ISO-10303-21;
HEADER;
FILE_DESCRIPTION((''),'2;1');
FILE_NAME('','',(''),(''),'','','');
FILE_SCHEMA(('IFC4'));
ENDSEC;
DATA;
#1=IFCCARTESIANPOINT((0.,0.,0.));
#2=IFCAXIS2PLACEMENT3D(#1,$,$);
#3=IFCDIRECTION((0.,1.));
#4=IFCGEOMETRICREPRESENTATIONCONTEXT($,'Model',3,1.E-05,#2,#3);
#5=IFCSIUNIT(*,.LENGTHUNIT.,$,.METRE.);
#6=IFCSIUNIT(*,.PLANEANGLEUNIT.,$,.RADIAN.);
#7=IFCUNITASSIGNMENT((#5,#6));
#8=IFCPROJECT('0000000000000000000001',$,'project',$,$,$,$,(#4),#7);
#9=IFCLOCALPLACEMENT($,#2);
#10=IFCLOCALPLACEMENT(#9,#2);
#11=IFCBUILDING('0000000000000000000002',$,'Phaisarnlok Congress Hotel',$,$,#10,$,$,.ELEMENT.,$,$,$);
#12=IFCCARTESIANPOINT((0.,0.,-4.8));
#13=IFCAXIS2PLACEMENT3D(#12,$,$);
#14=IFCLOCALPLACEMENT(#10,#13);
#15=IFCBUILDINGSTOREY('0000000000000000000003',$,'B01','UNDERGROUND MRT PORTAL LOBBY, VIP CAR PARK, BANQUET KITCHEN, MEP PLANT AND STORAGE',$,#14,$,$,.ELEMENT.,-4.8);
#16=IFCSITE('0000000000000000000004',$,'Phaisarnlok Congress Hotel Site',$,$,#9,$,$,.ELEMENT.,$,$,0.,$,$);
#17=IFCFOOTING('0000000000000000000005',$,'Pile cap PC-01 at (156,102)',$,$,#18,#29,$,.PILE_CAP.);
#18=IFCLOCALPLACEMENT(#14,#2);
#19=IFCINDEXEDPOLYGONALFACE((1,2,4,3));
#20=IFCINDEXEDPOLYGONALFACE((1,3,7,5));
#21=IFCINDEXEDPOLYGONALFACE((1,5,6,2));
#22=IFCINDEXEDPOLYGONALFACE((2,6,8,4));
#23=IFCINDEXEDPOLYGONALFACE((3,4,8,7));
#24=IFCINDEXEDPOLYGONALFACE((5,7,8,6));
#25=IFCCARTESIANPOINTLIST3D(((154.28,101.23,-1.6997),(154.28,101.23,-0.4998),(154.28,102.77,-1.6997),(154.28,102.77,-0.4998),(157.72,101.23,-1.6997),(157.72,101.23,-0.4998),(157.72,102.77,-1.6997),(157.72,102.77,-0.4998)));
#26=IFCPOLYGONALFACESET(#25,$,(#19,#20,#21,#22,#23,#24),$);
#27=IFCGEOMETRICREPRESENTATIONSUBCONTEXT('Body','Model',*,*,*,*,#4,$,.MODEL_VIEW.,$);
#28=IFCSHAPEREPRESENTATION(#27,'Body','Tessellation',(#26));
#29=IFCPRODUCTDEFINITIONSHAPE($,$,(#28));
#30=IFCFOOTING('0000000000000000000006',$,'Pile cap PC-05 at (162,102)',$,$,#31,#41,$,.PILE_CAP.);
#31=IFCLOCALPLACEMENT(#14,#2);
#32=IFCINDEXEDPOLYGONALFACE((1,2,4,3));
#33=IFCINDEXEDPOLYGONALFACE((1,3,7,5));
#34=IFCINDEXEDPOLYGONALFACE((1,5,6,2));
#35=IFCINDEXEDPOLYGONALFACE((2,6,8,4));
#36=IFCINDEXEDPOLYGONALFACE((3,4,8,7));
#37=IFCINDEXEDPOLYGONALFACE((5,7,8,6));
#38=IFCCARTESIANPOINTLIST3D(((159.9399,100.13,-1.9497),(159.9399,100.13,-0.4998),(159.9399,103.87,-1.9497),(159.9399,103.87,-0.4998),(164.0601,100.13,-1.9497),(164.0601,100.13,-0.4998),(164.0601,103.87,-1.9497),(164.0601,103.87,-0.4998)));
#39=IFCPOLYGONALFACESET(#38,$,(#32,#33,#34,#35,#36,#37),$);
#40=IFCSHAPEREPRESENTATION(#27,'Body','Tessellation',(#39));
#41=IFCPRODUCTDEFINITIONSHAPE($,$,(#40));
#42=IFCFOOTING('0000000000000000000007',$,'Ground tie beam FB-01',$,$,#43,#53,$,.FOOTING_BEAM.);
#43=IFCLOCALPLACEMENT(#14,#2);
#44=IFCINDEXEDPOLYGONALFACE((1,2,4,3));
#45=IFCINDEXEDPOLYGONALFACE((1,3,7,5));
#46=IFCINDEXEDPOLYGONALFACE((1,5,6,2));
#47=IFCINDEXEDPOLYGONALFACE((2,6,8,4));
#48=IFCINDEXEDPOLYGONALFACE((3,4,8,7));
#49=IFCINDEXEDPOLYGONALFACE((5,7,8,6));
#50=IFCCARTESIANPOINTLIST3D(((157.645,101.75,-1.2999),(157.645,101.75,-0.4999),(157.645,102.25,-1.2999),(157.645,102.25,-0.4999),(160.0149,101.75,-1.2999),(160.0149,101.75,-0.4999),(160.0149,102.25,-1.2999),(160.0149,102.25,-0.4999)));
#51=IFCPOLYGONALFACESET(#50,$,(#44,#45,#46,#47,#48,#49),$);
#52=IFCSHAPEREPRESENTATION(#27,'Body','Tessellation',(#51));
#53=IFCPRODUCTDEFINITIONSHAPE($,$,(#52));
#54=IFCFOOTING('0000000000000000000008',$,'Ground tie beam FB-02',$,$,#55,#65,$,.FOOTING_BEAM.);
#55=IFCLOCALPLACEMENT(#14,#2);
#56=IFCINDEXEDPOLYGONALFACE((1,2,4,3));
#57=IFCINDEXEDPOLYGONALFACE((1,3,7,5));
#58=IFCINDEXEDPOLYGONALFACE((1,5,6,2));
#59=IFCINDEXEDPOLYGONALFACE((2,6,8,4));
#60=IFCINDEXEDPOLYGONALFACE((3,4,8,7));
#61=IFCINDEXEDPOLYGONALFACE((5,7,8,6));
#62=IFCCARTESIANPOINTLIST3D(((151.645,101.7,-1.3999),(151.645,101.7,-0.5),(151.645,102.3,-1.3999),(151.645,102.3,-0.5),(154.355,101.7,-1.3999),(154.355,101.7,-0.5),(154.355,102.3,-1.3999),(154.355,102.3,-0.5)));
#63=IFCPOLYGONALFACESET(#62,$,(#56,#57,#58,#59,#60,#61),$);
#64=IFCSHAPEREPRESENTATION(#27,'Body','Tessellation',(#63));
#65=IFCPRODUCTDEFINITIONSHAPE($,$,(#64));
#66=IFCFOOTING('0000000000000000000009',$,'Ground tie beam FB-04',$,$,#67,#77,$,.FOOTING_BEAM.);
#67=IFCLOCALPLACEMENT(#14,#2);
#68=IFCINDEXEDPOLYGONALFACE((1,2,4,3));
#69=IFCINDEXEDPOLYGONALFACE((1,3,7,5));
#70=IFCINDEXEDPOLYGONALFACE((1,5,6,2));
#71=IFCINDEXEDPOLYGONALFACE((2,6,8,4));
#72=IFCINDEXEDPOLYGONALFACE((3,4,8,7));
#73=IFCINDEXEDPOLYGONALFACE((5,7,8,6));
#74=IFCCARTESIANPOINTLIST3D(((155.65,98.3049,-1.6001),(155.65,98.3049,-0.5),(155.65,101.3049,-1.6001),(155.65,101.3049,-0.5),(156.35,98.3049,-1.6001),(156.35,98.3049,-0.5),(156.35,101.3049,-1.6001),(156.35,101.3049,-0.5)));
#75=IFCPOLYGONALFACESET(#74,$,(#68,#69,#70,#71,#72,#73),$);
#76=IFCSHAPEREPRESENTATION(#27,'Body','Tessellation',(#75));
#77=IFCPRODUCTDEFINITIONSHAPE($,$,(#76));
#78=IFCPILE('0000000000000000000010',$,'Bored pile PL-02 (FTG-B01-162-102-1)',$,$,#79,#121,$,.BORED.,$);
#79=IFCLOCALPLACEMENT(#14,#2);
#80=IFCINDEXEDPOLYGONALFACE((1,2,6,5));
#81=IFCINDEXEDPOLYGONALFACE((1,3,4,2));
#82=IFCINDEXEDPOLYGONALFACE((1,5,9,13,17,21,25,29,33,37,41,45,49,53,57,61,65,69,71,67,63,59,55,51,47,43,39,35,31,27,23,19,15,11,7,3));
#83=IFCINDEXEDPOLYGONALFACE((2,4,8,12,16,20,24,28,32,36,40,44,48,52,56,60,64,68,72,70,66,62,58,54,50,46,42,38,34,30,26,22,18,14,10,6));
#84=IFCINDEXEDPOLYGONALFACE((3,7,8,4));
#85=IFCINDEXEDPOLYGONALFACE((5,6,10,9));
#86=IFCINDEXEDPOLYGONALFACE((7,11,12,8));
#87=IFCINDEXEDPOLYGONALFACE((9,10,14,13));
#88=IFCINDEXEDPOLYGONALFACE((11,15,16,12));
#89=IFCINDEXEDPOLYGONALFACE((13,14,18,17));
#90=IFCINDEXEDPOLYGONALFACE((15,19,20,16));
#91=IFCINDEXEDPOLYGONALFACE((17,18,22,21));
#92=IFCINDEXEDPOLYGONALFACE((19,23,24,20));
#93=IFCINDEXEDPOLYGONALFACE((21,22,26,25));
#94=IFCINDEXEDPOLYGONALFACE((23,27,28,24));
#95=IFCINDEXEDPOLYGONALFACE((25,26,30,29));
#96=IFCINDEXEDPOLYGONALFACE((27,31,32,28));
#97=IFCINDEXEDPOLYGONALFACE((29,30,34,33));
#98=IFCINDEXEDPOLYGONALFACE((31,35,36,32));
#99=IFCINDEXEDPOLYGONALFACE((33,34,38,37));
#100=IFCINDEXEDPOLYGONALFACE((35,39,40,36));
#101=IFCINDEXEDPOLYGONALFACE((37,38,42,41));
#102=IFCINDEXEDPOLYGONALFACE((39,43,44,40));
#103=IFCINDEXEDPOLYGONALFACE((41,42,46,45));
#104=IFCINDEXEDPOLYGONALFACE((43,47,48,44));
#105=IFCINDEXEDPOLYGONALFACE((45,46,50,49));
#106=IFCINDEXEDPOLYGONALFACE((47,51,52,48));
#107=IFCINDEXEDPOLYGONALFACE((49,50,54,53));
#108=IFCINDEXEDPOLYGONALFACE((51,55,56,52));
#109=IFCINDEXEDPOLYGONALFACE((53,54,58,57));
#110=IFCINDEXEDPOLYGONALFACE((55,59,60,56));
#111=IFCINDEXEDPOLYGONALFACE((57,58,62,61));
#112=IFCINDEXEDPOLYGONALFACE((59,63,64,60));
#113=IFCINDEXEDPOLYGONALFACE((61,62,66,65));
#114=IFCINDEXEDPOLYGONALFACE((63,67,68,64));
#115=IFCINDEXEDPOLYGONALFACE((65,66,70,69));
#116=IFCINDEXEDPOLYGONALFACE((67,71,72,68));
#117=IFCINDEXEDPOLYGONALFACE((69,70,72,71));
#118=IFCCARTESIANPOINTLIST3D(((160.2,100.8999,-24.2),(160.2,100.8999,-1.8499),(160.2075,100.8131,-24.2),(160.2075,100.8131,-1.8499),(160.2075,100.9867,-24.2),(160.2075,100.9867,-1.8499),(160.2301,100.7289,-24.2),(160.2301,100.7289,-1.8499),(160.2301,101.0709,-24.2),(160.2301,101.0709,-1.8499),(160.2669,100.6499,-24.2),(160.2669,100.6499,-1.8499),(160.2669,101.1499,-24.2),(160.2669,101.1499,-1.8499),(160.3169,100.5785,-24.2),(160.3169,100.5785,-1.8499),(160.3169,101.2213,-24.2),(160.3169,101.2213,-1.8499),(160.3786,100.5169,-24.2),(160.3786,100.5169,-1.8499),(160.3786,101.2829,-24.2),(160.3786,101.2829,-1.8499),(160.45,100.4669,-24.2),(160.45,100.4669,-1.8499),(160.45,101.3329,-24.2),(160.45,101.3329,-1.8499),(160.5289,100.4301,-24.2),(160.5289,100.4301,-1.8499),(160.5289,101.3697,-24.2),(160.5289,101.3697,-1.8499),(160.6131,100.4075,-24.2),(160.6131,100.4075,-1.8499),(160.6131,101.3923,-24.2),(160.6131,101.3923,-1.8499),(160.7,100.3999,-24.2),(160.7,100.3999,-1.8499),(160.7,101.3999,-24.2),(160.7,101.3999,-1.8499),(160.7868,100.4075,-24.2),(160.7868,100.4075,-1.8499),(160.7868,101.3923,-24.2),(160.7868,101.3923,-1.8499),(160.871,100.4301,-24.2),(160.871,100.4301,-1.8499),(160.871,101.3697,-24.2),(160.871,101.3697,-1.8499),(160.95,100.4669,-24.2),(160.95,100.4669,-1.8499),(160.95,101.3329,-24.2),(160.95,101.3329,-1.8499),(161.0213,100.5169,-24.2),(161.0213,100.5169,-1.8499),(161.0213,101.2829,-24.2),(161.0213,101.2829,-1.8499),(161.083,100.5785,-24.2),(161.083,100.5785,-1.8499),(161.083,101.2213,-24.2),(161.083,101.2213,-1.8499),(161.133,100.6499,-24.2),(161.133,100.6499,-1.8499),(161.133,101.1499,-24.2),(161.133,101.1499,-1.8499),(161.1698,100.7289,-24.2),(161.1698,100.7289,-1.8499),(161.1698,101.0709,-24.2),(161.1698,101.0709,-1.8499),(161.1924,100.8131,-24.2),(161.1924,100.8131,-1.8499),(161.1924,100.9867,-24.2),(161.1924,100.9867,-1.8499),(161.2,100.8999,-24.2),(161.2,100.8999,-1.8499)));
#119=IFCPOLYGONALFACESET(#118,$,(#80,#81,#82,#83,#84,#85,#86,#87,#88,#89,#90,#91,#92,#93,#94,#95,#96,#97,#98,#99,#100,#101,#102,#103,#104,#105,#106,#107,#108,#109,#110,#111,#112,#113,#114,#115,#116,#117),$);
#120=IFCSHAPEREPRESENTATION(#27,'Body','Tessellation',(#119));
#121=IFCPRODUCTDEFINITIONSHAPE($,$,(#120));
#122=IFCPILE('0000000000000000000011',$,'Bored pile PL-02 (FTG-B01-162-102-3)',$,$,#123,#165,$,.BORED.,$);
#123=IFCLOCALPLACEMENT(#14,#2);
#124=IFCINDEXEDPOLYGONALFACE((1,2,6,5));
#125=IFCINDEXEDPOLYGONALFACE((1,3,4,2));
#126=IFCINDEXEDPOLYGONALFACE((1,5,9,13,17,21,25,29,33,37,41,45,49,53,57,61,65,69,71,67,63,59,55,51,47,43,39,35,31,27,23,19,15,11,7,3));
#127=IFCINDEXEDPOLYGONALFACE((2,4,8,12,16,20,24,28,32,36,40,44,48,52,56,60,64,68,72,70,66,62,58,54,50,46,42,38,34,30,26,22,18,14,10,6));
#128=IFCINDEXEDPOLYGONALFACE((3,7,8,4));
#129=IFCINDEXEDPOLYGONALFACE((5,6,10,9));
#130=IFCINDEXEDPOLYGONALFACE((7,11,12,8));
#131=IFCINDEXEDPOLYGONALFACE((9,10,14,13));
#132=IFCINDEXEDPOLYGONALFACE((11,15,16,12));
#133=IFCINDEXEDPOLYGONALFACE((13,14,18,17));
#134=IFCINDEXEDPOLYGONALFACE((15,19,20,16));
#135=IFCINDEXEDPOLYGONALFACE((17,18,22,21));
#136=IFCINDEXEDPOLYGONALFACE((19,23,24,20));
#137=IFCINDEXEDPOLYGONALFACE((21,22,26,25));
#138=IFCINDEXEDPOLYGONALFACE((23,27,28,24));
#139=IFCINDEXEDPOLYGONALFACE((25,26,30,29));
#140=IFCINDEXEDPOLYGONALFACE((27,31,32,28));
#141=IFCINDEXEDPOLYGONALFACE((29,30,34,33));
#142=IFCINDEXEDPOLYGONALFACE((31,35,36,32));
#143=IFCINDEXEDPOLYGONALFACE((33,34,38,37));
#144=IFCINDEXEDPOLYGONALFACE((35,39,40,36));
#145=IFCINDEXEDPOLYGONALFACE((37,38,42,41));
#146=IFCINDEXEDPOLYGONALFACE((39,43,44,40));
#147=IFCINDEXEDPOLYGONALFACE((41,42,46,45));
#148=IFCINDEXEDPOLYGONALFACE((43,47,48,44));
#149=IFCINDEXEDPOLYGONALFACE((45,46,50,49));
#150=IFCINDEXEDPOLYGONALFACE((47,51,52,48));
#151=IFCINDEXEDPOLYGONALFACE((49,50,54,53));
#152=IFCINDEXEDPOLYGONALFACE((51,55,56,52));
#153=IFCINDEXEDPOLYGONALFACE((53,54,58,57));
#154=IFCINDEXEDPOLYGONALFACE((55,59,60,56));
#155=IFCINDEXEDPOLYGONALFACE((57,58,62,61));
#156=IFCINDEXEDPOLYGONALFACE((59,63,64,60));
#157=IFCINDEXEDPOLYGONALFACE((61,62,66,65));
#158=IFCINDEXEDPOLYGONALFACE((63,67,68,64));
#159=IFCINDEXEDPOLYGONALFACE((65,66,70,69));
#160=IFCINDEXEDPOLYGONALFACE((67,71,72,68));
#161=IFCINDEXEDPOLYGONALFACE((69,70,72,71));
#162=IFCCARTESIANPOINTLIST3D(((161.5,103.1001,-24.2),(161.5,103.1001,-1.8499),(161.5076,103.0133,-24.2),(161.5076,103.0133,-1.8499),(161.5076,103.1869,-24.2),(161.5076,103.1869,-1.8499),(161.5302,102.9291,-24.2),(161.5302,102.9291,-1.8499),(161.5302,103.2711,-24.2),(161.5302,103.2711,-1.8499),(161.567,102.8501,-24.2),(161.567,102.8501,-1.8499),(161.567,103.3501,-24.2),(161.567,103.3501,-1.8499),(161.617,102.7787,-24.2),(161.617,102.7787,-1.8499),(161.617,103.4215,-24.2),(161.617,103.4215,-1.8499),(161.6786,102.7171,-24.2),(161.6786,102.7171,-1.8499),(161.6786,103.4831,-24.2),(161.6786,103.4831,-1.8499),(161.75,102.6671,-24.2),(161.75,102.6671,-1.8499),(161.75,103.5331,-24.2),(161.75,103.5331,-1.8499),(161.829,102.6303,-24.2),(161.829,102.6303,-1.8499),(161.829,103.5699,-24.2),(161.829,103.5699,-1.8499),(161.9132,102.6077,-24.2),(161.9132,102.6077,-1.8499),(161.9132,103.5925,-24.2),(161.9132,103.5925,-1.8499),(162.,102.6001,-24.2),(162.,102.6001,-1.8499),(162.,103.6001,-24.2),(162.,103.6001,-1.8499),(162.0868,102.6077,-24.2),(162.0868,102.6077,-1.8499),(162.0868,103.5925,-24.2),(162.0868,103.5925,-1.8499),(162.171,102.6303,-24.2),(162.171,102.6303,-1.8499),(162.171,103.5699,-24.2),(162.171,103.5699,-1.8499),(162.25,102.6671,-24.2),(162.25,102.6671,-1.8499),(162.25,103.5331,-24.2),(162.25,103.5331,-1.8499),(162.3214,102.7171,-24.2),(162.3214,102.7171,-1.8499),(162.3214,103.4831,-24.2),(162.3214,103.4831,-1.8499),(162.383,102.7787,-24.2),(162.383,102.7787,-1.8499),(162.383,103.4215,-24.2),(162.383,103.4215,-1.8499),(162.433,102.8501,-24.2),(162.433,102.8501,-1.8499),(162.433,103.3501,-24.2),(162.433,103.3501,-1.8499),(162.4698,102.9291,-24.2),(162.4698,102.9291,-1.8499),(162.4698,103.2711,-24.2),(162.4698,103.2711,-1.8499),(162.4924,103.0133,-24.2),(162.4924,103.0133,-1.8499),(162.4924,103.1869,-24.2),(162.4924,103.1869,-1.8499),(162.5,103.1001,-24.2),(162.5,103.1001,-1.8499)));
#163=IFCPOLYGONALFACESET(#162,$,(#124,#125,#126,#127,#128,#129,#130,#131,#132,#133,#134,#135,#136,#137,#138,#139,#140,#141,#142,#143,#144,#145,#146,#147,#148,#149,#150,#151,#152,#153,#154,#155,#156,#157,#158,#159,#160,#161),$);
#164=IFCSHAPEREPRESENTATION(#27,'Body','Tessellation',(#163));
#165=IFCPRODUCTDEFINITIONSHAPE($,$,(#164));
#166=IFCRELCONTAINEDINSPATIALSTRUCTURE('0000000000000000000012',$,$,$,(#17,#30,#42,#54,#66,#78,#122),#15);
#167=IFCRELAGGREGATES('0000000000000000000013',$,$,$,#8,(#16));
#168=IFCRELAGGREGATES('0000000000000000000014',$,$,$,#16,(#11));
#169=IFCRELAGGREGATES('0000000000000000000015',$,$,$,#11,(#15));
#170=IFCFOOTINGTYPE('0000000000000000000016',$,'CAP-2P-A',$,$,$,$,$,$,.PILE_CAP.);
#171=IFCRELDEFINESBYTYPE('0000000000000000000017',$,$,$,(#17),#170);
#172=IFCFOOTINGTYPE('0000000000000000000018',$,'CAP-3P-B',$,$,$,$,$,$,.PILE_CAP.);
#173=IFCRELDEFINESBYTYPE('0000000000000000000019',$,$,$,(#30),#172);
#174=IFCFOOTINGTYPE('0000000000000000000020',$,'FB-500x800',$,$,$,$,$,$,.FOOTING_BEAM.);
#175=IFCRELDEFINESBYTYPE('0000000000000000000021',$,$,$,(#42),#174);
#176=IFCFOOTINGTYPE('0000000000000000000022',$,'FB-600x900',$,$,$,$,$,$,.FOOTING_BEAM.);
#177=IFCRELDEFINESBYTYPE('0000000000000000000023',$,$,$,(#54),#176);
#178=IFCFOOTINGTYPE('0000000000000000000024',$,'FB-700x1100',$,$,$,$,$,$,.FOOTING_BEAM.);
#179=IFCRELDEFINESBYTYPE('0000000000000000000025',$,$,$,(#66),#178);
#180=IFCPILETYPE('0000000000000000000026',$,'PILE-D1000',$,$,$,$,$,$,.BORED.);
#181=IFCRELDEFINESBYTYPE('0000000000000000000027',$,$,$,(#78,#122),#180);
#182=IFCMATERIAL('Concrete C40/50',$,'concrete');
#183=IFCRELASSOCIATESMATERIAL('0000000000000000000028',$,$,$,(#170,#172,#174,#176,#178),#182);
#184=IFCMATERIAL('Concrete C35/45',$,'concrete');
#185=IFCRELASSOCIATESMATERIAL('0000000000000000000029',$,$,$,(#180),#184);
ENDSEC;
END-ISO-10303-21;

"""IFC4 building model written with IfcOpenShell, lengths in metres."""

from ifc_helpers import new_model, si_unit, direction, frame, origin, origin_2d, place, context, subcontext, project, spatial, rectangle, circle, extrude, material, material_profile, profile_set, type_object, element, save


model = new_model("IFC4")

# Units and contexts
model_context = context("Model", 3, precision=1e-05, world=origin(), true_north=direction((0.0, 1.0)))
body_context = subcontext(model_context, "Body", "Model", "MODEL_VIEW")
ifc_project = project(units=[si_unit("LENGTHUNIT", "METRE"), si_unit("PLANEANGLEUNIT", "RADIAN")], contexts=[model_context])

# Site, building, storey
site_placement = place(None, origin())
site = spatial("IfcSite", under=ifc_project, at=site_placement, Name="Phaisarnlok Congress Hotel Site", CompositionType="ELEMENT", RefElevation=0.0)
building_placement = place(site_placement, origin())
building = spatial("IfcBuilding", under=site, at=building_placement, Name="Phaisarnlok Congress Hotel", CompositionType="ELEMENT")
storey_placement = place(building_placement, frame((0.0, 0.0, -4.8)))
storey = spatial("IfcBuildingStorey", under=building, at=storey_placement, Name="B01", Description="UNDERGROUND MRT PORTAL LOBBY, VIP CAR PARK, BANQUET KITCHEN, MEP PLANT AND STORAGE", CompositionType="ELEMENT", Elevation=-4.8)

# Footings
ifc_material_1 = material(Name="Concrete C40/50", Category="concrete")
footing_type_1 = type_object("IfcFootingType", Name="CAP-2P-A", PredefinedType="PILE_CAP", material=ifc_material_1)
footing_1_placement = place(storey_placement, frame((156.0, 102.0, -1.6997), z_axis=(0.0, 0.0, 1.0), x_axis=(1.0, 0.0, 0.0)))
element("IfcFooting", 1, at=footing_1_placement, inside=storey, type_object=footing_type_1, Name="Pile cap PC-01 at (156,102)", PredefinedType="PILE_CAP", context=body_context, shape_type="SweptSolid", body=[
    extrude(rectangle(XDim=3.4399, YDim=1.54, at=origin_2d()), origin(), (0.0, 0.0, 1.0), 1.2),
])
footing_type_2 = type_object("IfcFootingType", Name="CAP-3P-B", PredefinedType="PILE_CAP", material=ifc_material_1)
footing_2_placement = place(storey_placement, frame((162.0, 102.0, -1.9497), z_axis=(0.0, 0.0, 1.0), x_axis=(1.0, 0.0, 0.0)))
element("IfcFooting", 2, at=footing_2_placement, inside=storey, type_object=footing_type_2, Name="Pile cap PC-05 at (162,102)", PredefinedType="PILE_CAP", context=body_context, shape_type="SweptSolid", body=[
    extrude(rectangle(XDim=4.1201, YDim=3.74, at=origin_2d()), origin(), (0.0, 0.0, 1.0), 1.45),
])
ifc_material_profile_1 = material_profile(ifc_material_1, rectangle(XDim=0.5, YDim=0.8, at=origin_2d()), Name="FB-500x800")
ifc_profile_set_1 = profile_set([ifc_material_profile_1], Name="Concrete C40/50")
footing_type_3 = type_object("IfcFootingType", Name="FB-500x800", PredefinedType="FOOTING_BEAM", material=ifc_profile_set_1)
footing_3_placement = place(storey_placement, frame((157.645, 102.0, -0.8999), z_axis=(1.0, 0.0, 0.0), x_axis=(0.0, 1.0, 0.0)))
element("IfcFooting", 3, at=footing_3_placement, inside=storey, type_object=footing_type_3, Name="Ground tie beam FB-01", PredefinedType="FOOTING_BEAM", context=body_context, shape_type="SweptSolid", body=[
    extrude(rectangle(XDim=0.5, YDim=0.8, at=origin_2d()), origin(), (0.0, 0.0, 1.0), 2.3699),
])
ifc_material_profile_2 = material_profile(ifc_material_1, rectangle(XDim=0.6001, YDim=0.8999, at=origin_2d()), Name="FB-600x900")
ifc_profile_set_2 = profile_set([ifc_material_profile_2], Name="Concrete C40/50")
footing_type_4 = type_object("IfcFootingType", Name="FB-600x900", PredefinedType="FOOTING_BEAM", material=ifc_profile_set_2)
footing_4_placement = place(storey_placement, frame((151.645, 102.0, -0.95), z_axis=(1.0, 0.0, 0.0), x_axis=(0.0, 1.0, 0.0)))
element("IfcFooting", 4, at=footing_4_placement, inside=storey, type_object=footing_type_4, Name="Ground tie beam FB-02", PredefinedType="FOOTING_BEAM", context=body_context, shape_type="SweptSolid", body=[
    extrude(rectangle(XDim=0.6001, YDim=0.8999, at=origin_2d()), origin(), (0.0, 0.0, 1.0), 2.71),
])
ifc_material_profile_3 = material_profile(ifc_material_1, rectangle(XDim=0.7, YDim=1.1001, at=origin_2d()), Name="FB-700x1100")
ifc_profile_set_3 = profile_set([ifc_material_profile_3], Name="Concrete C40/50")
footing_type_5 = type_object("IfcFootingType", Name="FB-700x1100", PredefinedType="FOOTING_BEAM", material=ifc_profile_set_3)
footing_5_placement = place(storey_placement, frame((156.0, 98.3049, -1.05), z_axis=(0.0, 1.0, 0.0), x_axis=(-1.0, 0.0, 0.0)))
element("IfcFooting", 5, at=footing_5_placement, inside=storey, type_object=footing_type_5, Name="Ground tie beam FB-04", PredefinedType="FOOTING_BEAM", context=body_context, shape_type="SweptSolid", body=[
    extrude(rectangle(XDim=0.7, YDim=1.1001, at=origin_2d()), origin(), (0.0, 0.0, 1.0), 3.0),
])

# Piles
ifc_material_2 = material(Name="Concrete C35/45", Category="concrete")
ifc_material_profile_4 = material_profile(ifc_material_2, circle(Radius=0.5, at=origin_2d()), Name="BORED PILE D1000")
ifc_profile_set_4 = profile_set([ifc_material_profile_4], Name="Concrete C35/45")
pile_type_1 = type_object("IfcPileType", Name="PILE-D1000", PredefinedType="BORED", material=ifc_profile_set_4)
for number, where, z_axis, x_axis, name in (
    (6, (160.7, 100.8999, -1.8499), (0.0, 0.0, -1.0), (1.0, 0.0, 0.0), "Bored pile PL-02 (FTG-B01-162-102-1)"),
    (7, (162.0, 103.1001, -1.8499), (0.0, 0.0, -1.0), (1.0, 0.0, 0.0), "Bored pile PL-02 (FTG-B01-162-102-3)"),
):
    element("IfcPile", number, at=place(storey_placement, frame(where, z_axis=z_axis, x_axis=x_axis)), inside=storey, type_object=pile_type_1, Name=name, PredefinedType="BORED", context=body_context, shape_type="SweptSolid", body=[
        extrude(circle(Radius=0.5, at=origin_2d()), origin(), (0.0, 0.0, 1.0), 22.3501),
    ])

save(model, "model.ifc")
